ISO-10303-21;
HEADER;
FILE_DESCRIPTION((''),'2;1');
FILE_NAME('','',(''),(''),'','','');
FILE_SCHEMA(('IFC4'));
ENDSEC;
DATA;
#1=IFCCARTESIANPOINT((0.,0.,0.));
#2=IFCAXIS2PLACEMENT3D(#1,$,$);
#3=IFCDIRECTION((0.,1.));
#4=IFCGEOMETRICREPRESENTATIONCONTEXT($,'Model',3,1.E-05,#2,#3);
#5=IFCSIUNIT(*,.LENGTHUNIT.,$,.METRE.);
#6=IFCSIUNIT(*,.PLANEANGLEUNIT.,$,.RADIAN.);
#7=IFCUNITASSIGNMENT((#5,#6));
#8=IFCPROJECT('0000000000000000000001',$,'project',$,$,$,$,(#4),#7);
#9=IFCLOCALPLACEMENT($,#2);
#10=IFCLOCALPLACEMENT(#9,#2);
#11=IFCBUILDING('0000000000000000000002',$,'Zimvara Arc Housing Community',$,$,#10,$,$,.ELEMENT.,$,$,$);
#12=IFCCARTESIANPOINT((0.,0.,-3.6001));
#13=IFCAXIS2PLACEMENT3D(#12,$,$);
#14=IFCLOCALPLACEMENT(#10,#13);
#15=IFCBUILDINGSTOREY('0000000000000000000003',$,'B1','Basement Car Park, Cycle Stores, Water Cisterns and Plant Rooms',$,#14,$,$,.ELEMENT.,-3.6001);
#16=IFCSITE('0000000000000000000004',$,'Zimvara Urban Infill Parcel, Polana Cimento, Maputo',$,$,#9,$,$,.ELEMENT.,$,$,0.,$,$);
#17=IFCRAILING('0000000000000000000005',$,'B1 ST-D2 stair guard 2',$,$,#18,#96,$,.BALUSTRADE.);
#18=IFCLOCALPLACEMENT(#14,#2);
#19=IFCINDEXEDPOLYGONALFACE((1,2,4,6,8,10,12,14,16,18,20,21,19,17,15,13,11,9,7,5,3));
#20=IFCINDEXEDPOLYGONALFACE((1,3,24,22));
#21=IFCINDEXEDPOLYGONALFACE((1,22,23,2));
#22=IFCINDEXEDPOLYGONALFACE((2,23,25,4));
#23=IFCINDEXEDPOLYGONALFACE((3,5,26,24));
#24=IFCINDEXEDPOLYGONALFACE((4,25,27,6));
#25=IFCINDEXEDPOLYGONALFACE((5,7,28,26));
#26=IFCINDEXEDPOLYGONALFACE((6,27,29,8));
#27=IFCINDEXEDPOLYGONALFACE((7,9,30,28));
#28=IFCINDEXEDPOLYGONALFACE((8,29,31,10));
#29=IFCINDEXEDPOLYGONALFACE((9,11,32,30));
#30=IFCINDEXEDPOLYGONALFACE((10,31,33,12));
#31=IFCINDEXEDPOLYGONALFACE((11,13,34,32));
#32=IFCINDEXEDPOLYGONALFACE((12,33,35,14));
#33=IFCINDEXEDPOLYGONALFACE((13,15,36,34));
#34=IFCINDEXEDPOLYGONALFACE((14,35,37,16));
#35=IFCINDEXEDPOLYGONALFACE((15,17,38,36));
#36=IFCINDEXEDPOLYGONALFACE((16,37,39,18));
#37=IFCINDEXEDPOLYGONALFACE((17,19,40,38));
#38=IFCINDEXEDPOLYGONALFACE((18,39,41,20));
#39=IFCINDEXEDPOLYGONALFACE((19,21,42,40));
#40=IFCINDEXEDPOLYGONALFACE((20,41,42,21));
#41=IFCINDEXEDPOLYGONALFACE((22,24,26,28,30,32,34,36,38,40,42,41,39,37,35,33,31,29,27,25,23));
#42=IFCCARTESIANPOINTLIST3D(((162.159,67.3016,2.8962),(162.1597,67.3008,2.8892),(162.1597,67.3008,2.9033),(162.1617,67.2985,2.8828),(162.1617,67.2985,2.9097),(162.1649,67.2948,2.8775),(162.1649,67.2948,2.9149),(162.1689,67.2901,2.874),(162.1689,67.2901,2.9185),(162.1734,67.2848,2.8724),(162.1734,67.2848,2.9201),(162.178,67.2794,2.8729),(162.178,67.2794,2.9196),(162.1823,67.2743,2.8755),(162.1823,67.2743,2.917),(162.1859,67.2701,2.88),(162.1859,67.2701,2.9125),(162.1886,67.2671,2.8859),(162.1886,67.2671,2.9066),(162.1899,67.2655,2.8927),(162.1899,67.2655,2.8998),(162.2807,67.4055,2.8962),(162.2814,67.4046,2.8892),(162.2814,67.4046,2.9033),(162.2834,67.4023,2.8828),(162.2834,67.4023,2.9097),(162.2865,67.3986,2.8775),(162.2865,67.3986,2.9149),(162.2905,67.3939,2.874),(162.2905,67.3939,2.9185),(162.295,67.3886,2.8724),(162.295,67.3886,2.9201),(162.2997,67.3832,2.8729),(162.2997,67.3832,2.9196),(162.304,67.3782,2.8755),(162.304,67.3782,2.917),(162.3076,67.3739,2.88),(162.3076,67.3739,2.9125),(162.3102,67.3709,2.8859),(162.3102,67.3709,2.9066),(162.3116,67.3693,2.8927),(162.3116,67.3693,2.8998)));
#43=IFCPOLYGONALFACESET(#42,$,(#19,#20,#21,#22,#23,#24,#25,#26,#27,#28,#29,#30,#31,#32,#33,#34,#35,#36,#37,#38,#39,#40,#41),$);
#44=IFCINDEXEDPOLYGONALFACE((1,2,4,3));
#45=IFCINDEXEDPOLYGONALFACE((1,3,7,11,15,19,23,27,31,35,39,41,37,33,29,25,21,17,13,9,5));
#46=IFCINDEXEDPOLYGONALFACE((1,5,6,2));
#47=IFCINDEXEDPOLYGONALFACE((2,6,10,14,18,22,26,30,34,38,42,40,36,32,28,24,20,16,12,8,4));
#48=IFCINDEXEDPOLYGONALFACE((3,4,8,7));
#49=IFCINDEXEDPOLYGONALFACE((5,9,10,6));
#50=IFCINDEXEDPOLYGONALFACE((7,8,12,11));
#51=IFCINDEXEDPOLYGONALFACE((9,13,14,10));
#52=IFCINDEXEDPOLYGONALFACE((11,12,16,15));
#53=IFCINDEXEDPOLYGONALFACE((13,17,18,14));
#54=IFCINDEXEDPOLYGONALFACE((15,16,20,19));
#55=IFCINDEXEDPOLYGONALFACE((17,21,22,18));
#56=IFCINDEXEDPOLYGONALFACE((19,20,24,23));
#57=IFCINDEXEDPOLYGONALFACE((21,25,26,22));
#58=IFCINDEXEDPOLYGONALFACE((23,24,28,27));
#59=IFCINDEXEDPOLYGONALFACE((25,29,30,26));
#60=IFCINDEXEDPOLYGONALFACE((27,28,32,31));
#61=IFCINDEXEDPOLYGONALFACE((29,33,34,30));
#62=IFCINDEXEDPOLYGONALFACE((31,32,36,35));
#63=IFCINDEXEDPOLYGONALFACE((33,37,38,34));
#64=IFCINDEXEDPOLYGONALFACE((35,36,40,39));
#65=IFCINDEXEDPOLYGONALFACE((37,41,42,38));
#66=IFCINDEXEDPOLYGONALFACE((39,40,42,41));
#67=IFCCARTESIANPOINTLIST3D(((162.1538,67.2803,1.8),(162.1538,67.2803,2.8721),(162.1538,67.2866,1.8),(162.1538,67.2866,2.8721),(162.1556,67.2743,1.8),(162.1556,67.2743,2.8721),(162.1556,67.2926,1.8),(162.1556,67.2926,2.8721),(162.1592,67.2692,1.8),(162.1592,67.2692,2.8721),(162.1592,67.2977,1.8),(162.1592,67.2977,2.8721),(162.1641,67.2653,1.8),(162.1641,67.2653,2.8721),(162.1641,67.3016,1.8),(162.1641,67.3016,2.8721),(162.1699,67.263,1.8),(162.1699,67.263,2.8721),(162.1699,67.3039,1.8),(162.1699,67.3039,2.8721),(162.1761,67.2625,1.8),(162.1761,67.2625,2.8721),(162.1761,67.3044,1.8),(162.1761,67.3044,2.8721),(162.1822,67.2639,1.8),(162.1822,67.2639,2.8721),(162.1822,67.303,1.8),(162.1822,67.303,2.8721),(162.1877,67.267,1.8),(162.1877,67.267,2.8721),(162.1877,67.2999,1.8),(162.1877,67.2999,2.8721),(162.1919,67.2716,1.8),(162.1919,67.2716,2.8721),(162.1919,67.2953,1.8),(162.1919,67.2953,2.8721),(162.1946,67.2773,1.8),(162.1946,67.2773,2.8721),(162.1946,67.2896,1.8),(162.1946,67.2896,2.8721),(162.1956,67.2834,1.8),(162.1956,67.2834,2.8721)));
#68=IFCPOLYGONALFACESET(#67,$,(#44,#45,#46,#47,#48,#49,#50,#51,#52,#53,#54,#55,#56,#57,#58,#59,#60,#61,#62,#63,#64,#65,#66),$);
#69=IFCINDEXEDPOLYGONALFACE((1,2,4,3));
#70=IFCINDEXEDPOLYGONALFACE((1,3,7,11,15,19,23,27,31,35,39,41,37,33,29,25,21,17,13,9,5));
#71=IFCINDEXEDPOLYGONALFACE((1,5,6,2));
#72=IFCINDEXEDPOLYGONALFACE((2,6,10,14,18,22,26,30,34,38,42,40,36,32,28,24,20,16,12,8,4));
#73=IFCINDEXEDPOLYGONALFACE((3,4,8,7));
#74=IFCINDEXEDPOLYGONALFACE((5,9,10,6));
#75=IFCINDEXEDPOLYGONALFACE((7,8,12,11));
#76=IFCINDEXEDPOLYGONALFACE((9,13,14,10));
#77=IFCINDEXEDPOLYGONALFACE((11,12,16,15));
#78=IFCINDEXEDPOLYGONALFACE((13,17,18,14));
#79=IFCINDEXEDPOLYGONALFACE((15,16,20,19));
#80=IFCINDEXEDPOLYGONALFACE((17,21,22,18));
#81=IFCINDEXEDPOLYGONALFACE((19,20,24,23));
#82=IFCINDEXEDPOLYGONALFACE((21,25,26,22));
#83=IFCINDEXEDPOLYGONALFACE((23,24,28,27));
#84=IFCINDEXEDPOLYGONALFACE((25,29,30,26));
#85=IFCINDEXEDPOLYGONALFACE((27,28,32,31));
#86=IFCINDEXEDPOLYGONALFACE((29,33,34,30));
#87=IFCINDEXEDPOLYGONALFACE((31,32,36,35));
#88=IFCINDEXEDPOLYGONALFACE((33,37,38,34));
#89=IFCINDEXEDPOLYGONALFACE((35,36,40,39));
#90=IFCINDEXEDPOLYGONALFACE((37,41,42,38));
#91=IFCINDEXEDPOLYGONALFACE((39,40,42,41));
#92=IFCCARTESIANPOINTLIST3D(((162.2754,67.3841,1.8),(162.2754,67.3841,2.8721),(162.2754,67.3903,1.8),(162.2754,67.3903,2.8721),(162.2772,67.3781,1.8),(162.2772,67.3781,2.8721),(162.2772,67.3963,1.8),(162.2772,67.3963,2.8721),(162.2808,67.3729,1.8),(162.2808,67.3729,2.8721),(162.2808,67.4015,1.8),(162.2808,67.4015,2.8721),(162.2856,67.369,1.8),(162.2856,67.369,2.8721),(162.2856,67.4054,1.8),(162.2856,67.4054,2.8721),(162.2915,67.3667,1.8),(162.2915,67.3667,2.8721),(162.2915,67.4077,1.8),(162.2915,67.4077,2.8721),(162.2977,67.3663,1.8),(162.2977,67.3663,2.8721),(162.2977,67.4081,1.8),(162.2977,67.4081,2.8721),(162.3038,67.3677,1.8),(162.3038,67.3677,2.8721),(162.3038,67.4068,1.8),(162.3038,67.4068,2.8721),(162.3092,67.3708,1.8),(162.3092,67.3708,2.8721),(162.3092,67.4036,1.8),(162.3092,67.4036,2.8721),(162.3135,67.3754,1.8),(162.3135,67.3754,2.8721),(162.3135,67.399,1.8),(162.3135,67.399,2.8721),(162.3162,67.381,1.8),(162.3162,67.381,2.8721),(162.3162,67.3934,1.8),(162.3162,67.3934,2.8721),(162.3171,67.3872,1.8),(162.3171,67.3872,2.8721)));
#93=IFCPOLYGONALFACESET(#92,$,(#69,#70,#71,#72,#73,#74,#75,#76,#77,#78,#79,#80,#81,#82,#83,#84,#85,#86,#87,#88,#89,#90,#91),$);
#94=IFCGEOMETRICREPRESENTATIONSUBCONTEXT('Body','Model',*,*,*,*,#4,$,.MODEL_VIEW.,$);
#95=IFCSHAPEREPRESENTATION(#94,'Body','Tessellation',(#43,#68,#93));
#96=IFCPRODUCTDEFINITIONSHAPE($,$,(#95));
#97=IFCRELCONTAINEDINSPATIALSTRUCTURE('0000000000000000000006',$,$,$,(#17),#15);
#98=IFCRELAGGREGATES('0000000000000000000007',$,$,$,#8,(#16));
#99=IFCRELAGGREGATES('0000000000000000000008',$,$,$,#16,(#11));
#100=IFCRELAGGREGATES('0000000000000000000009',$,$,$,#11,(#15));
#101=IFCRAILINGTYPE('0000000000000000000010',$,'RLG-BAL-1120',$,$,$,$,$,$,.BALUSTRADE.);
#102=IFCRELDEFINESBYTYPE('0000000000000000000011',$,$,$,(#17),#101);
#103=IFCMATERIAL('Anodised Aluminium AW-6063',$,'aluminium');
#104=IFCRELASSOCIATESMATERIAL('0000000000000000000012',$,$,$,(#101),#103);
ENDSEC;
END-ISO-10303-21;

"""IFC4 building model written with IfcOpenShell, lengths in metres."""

from ifc_helpers import new_model, si_unit, direction, frame, origin, origin_2d, place, context, subcontext, project, spatial, circle, extrude, material, type_object, element, save


model = new_model("IFC4")

# Units and contexts
model_context = context("Model", 3, precision=1e-05, world=origin(), true_north=direction((0.0, 1.0)))
body_context = subcontext(model_context, "Body", "Model", "MODEL_VIEW")
ifc_project = project(units=[si_unit("LENGTHUNIT", "METRE"), si_unit("PLANEANGLEUNIT", "RADIAN")], contexts=[model_context])

# Site, building, storey
site_placement = place(None, origin())
site = spatial("IfcSite", under=ifc_project, at=site_placement, Name="Zimvara Urban Infill Parcel, Polana Cimento, Maputo", CompositionType="ELEMENT", RefElevation=0.0)
building_placement = place(site_placement, origin())
building = spatial("IfcBuilding", under=site, at=building_placement, Name="Zimvara Arc Housing Community", CompositionType="ELEMENT")
storey_placement = place(building_placement, frame((0.0, 0.0, -3.6001)))
storey = spatial("IfcBuildingStorey", under=building, at=storey_placement, Name="B1", Description="Basement Car Park, Cycle Stores, Water Cisterns and Plant Rooms", CompositionType="ELEMENT", Elevation=-3.6001)

# Railing
ifc_material_1 = material(Name="Anodised Aluminium AW-6063", Category="aluminium")
railing_type_1 = type_object("IfcRailingType", Name="RLG-BAL-1120", PredefinedType="BALUSTRADE", material=ifc_material_1)
railing_1_placement = place(storey_placement, frame((162.1746, 67.2834, 1.8)))
element("IfcRailing", 1, at=railing_1_placement, inside=storey, type_object=railing_type_1, Name="B1 ST-D2 stair guard 2", PredefinedType="BALUSTRADE", context=body_context, shape_type="SweptSolid", body=[
    extrude(circle(Radius=0.0239, at=origin_2d()), frame((0.0, 0.0, 1.0962), z_axis=(0.760656, 0.649155, 0.0), x_axis=(-0.649155, 0.760656, 0.0)), (0.0, 0.0, 1.0), 0.1599),
    extrude(circle(Radius=0.021, at=origin_2d()), origin(), (0.0, 0.0, 1.0), 1.072),
    extrude(circle(Radius=0.021, at=origin_2d()), frame((0.1216, 0.1038, 0.0)), (0.0, 0.0, 1.0), 1.072),
])

save(model, "model.ifc")
